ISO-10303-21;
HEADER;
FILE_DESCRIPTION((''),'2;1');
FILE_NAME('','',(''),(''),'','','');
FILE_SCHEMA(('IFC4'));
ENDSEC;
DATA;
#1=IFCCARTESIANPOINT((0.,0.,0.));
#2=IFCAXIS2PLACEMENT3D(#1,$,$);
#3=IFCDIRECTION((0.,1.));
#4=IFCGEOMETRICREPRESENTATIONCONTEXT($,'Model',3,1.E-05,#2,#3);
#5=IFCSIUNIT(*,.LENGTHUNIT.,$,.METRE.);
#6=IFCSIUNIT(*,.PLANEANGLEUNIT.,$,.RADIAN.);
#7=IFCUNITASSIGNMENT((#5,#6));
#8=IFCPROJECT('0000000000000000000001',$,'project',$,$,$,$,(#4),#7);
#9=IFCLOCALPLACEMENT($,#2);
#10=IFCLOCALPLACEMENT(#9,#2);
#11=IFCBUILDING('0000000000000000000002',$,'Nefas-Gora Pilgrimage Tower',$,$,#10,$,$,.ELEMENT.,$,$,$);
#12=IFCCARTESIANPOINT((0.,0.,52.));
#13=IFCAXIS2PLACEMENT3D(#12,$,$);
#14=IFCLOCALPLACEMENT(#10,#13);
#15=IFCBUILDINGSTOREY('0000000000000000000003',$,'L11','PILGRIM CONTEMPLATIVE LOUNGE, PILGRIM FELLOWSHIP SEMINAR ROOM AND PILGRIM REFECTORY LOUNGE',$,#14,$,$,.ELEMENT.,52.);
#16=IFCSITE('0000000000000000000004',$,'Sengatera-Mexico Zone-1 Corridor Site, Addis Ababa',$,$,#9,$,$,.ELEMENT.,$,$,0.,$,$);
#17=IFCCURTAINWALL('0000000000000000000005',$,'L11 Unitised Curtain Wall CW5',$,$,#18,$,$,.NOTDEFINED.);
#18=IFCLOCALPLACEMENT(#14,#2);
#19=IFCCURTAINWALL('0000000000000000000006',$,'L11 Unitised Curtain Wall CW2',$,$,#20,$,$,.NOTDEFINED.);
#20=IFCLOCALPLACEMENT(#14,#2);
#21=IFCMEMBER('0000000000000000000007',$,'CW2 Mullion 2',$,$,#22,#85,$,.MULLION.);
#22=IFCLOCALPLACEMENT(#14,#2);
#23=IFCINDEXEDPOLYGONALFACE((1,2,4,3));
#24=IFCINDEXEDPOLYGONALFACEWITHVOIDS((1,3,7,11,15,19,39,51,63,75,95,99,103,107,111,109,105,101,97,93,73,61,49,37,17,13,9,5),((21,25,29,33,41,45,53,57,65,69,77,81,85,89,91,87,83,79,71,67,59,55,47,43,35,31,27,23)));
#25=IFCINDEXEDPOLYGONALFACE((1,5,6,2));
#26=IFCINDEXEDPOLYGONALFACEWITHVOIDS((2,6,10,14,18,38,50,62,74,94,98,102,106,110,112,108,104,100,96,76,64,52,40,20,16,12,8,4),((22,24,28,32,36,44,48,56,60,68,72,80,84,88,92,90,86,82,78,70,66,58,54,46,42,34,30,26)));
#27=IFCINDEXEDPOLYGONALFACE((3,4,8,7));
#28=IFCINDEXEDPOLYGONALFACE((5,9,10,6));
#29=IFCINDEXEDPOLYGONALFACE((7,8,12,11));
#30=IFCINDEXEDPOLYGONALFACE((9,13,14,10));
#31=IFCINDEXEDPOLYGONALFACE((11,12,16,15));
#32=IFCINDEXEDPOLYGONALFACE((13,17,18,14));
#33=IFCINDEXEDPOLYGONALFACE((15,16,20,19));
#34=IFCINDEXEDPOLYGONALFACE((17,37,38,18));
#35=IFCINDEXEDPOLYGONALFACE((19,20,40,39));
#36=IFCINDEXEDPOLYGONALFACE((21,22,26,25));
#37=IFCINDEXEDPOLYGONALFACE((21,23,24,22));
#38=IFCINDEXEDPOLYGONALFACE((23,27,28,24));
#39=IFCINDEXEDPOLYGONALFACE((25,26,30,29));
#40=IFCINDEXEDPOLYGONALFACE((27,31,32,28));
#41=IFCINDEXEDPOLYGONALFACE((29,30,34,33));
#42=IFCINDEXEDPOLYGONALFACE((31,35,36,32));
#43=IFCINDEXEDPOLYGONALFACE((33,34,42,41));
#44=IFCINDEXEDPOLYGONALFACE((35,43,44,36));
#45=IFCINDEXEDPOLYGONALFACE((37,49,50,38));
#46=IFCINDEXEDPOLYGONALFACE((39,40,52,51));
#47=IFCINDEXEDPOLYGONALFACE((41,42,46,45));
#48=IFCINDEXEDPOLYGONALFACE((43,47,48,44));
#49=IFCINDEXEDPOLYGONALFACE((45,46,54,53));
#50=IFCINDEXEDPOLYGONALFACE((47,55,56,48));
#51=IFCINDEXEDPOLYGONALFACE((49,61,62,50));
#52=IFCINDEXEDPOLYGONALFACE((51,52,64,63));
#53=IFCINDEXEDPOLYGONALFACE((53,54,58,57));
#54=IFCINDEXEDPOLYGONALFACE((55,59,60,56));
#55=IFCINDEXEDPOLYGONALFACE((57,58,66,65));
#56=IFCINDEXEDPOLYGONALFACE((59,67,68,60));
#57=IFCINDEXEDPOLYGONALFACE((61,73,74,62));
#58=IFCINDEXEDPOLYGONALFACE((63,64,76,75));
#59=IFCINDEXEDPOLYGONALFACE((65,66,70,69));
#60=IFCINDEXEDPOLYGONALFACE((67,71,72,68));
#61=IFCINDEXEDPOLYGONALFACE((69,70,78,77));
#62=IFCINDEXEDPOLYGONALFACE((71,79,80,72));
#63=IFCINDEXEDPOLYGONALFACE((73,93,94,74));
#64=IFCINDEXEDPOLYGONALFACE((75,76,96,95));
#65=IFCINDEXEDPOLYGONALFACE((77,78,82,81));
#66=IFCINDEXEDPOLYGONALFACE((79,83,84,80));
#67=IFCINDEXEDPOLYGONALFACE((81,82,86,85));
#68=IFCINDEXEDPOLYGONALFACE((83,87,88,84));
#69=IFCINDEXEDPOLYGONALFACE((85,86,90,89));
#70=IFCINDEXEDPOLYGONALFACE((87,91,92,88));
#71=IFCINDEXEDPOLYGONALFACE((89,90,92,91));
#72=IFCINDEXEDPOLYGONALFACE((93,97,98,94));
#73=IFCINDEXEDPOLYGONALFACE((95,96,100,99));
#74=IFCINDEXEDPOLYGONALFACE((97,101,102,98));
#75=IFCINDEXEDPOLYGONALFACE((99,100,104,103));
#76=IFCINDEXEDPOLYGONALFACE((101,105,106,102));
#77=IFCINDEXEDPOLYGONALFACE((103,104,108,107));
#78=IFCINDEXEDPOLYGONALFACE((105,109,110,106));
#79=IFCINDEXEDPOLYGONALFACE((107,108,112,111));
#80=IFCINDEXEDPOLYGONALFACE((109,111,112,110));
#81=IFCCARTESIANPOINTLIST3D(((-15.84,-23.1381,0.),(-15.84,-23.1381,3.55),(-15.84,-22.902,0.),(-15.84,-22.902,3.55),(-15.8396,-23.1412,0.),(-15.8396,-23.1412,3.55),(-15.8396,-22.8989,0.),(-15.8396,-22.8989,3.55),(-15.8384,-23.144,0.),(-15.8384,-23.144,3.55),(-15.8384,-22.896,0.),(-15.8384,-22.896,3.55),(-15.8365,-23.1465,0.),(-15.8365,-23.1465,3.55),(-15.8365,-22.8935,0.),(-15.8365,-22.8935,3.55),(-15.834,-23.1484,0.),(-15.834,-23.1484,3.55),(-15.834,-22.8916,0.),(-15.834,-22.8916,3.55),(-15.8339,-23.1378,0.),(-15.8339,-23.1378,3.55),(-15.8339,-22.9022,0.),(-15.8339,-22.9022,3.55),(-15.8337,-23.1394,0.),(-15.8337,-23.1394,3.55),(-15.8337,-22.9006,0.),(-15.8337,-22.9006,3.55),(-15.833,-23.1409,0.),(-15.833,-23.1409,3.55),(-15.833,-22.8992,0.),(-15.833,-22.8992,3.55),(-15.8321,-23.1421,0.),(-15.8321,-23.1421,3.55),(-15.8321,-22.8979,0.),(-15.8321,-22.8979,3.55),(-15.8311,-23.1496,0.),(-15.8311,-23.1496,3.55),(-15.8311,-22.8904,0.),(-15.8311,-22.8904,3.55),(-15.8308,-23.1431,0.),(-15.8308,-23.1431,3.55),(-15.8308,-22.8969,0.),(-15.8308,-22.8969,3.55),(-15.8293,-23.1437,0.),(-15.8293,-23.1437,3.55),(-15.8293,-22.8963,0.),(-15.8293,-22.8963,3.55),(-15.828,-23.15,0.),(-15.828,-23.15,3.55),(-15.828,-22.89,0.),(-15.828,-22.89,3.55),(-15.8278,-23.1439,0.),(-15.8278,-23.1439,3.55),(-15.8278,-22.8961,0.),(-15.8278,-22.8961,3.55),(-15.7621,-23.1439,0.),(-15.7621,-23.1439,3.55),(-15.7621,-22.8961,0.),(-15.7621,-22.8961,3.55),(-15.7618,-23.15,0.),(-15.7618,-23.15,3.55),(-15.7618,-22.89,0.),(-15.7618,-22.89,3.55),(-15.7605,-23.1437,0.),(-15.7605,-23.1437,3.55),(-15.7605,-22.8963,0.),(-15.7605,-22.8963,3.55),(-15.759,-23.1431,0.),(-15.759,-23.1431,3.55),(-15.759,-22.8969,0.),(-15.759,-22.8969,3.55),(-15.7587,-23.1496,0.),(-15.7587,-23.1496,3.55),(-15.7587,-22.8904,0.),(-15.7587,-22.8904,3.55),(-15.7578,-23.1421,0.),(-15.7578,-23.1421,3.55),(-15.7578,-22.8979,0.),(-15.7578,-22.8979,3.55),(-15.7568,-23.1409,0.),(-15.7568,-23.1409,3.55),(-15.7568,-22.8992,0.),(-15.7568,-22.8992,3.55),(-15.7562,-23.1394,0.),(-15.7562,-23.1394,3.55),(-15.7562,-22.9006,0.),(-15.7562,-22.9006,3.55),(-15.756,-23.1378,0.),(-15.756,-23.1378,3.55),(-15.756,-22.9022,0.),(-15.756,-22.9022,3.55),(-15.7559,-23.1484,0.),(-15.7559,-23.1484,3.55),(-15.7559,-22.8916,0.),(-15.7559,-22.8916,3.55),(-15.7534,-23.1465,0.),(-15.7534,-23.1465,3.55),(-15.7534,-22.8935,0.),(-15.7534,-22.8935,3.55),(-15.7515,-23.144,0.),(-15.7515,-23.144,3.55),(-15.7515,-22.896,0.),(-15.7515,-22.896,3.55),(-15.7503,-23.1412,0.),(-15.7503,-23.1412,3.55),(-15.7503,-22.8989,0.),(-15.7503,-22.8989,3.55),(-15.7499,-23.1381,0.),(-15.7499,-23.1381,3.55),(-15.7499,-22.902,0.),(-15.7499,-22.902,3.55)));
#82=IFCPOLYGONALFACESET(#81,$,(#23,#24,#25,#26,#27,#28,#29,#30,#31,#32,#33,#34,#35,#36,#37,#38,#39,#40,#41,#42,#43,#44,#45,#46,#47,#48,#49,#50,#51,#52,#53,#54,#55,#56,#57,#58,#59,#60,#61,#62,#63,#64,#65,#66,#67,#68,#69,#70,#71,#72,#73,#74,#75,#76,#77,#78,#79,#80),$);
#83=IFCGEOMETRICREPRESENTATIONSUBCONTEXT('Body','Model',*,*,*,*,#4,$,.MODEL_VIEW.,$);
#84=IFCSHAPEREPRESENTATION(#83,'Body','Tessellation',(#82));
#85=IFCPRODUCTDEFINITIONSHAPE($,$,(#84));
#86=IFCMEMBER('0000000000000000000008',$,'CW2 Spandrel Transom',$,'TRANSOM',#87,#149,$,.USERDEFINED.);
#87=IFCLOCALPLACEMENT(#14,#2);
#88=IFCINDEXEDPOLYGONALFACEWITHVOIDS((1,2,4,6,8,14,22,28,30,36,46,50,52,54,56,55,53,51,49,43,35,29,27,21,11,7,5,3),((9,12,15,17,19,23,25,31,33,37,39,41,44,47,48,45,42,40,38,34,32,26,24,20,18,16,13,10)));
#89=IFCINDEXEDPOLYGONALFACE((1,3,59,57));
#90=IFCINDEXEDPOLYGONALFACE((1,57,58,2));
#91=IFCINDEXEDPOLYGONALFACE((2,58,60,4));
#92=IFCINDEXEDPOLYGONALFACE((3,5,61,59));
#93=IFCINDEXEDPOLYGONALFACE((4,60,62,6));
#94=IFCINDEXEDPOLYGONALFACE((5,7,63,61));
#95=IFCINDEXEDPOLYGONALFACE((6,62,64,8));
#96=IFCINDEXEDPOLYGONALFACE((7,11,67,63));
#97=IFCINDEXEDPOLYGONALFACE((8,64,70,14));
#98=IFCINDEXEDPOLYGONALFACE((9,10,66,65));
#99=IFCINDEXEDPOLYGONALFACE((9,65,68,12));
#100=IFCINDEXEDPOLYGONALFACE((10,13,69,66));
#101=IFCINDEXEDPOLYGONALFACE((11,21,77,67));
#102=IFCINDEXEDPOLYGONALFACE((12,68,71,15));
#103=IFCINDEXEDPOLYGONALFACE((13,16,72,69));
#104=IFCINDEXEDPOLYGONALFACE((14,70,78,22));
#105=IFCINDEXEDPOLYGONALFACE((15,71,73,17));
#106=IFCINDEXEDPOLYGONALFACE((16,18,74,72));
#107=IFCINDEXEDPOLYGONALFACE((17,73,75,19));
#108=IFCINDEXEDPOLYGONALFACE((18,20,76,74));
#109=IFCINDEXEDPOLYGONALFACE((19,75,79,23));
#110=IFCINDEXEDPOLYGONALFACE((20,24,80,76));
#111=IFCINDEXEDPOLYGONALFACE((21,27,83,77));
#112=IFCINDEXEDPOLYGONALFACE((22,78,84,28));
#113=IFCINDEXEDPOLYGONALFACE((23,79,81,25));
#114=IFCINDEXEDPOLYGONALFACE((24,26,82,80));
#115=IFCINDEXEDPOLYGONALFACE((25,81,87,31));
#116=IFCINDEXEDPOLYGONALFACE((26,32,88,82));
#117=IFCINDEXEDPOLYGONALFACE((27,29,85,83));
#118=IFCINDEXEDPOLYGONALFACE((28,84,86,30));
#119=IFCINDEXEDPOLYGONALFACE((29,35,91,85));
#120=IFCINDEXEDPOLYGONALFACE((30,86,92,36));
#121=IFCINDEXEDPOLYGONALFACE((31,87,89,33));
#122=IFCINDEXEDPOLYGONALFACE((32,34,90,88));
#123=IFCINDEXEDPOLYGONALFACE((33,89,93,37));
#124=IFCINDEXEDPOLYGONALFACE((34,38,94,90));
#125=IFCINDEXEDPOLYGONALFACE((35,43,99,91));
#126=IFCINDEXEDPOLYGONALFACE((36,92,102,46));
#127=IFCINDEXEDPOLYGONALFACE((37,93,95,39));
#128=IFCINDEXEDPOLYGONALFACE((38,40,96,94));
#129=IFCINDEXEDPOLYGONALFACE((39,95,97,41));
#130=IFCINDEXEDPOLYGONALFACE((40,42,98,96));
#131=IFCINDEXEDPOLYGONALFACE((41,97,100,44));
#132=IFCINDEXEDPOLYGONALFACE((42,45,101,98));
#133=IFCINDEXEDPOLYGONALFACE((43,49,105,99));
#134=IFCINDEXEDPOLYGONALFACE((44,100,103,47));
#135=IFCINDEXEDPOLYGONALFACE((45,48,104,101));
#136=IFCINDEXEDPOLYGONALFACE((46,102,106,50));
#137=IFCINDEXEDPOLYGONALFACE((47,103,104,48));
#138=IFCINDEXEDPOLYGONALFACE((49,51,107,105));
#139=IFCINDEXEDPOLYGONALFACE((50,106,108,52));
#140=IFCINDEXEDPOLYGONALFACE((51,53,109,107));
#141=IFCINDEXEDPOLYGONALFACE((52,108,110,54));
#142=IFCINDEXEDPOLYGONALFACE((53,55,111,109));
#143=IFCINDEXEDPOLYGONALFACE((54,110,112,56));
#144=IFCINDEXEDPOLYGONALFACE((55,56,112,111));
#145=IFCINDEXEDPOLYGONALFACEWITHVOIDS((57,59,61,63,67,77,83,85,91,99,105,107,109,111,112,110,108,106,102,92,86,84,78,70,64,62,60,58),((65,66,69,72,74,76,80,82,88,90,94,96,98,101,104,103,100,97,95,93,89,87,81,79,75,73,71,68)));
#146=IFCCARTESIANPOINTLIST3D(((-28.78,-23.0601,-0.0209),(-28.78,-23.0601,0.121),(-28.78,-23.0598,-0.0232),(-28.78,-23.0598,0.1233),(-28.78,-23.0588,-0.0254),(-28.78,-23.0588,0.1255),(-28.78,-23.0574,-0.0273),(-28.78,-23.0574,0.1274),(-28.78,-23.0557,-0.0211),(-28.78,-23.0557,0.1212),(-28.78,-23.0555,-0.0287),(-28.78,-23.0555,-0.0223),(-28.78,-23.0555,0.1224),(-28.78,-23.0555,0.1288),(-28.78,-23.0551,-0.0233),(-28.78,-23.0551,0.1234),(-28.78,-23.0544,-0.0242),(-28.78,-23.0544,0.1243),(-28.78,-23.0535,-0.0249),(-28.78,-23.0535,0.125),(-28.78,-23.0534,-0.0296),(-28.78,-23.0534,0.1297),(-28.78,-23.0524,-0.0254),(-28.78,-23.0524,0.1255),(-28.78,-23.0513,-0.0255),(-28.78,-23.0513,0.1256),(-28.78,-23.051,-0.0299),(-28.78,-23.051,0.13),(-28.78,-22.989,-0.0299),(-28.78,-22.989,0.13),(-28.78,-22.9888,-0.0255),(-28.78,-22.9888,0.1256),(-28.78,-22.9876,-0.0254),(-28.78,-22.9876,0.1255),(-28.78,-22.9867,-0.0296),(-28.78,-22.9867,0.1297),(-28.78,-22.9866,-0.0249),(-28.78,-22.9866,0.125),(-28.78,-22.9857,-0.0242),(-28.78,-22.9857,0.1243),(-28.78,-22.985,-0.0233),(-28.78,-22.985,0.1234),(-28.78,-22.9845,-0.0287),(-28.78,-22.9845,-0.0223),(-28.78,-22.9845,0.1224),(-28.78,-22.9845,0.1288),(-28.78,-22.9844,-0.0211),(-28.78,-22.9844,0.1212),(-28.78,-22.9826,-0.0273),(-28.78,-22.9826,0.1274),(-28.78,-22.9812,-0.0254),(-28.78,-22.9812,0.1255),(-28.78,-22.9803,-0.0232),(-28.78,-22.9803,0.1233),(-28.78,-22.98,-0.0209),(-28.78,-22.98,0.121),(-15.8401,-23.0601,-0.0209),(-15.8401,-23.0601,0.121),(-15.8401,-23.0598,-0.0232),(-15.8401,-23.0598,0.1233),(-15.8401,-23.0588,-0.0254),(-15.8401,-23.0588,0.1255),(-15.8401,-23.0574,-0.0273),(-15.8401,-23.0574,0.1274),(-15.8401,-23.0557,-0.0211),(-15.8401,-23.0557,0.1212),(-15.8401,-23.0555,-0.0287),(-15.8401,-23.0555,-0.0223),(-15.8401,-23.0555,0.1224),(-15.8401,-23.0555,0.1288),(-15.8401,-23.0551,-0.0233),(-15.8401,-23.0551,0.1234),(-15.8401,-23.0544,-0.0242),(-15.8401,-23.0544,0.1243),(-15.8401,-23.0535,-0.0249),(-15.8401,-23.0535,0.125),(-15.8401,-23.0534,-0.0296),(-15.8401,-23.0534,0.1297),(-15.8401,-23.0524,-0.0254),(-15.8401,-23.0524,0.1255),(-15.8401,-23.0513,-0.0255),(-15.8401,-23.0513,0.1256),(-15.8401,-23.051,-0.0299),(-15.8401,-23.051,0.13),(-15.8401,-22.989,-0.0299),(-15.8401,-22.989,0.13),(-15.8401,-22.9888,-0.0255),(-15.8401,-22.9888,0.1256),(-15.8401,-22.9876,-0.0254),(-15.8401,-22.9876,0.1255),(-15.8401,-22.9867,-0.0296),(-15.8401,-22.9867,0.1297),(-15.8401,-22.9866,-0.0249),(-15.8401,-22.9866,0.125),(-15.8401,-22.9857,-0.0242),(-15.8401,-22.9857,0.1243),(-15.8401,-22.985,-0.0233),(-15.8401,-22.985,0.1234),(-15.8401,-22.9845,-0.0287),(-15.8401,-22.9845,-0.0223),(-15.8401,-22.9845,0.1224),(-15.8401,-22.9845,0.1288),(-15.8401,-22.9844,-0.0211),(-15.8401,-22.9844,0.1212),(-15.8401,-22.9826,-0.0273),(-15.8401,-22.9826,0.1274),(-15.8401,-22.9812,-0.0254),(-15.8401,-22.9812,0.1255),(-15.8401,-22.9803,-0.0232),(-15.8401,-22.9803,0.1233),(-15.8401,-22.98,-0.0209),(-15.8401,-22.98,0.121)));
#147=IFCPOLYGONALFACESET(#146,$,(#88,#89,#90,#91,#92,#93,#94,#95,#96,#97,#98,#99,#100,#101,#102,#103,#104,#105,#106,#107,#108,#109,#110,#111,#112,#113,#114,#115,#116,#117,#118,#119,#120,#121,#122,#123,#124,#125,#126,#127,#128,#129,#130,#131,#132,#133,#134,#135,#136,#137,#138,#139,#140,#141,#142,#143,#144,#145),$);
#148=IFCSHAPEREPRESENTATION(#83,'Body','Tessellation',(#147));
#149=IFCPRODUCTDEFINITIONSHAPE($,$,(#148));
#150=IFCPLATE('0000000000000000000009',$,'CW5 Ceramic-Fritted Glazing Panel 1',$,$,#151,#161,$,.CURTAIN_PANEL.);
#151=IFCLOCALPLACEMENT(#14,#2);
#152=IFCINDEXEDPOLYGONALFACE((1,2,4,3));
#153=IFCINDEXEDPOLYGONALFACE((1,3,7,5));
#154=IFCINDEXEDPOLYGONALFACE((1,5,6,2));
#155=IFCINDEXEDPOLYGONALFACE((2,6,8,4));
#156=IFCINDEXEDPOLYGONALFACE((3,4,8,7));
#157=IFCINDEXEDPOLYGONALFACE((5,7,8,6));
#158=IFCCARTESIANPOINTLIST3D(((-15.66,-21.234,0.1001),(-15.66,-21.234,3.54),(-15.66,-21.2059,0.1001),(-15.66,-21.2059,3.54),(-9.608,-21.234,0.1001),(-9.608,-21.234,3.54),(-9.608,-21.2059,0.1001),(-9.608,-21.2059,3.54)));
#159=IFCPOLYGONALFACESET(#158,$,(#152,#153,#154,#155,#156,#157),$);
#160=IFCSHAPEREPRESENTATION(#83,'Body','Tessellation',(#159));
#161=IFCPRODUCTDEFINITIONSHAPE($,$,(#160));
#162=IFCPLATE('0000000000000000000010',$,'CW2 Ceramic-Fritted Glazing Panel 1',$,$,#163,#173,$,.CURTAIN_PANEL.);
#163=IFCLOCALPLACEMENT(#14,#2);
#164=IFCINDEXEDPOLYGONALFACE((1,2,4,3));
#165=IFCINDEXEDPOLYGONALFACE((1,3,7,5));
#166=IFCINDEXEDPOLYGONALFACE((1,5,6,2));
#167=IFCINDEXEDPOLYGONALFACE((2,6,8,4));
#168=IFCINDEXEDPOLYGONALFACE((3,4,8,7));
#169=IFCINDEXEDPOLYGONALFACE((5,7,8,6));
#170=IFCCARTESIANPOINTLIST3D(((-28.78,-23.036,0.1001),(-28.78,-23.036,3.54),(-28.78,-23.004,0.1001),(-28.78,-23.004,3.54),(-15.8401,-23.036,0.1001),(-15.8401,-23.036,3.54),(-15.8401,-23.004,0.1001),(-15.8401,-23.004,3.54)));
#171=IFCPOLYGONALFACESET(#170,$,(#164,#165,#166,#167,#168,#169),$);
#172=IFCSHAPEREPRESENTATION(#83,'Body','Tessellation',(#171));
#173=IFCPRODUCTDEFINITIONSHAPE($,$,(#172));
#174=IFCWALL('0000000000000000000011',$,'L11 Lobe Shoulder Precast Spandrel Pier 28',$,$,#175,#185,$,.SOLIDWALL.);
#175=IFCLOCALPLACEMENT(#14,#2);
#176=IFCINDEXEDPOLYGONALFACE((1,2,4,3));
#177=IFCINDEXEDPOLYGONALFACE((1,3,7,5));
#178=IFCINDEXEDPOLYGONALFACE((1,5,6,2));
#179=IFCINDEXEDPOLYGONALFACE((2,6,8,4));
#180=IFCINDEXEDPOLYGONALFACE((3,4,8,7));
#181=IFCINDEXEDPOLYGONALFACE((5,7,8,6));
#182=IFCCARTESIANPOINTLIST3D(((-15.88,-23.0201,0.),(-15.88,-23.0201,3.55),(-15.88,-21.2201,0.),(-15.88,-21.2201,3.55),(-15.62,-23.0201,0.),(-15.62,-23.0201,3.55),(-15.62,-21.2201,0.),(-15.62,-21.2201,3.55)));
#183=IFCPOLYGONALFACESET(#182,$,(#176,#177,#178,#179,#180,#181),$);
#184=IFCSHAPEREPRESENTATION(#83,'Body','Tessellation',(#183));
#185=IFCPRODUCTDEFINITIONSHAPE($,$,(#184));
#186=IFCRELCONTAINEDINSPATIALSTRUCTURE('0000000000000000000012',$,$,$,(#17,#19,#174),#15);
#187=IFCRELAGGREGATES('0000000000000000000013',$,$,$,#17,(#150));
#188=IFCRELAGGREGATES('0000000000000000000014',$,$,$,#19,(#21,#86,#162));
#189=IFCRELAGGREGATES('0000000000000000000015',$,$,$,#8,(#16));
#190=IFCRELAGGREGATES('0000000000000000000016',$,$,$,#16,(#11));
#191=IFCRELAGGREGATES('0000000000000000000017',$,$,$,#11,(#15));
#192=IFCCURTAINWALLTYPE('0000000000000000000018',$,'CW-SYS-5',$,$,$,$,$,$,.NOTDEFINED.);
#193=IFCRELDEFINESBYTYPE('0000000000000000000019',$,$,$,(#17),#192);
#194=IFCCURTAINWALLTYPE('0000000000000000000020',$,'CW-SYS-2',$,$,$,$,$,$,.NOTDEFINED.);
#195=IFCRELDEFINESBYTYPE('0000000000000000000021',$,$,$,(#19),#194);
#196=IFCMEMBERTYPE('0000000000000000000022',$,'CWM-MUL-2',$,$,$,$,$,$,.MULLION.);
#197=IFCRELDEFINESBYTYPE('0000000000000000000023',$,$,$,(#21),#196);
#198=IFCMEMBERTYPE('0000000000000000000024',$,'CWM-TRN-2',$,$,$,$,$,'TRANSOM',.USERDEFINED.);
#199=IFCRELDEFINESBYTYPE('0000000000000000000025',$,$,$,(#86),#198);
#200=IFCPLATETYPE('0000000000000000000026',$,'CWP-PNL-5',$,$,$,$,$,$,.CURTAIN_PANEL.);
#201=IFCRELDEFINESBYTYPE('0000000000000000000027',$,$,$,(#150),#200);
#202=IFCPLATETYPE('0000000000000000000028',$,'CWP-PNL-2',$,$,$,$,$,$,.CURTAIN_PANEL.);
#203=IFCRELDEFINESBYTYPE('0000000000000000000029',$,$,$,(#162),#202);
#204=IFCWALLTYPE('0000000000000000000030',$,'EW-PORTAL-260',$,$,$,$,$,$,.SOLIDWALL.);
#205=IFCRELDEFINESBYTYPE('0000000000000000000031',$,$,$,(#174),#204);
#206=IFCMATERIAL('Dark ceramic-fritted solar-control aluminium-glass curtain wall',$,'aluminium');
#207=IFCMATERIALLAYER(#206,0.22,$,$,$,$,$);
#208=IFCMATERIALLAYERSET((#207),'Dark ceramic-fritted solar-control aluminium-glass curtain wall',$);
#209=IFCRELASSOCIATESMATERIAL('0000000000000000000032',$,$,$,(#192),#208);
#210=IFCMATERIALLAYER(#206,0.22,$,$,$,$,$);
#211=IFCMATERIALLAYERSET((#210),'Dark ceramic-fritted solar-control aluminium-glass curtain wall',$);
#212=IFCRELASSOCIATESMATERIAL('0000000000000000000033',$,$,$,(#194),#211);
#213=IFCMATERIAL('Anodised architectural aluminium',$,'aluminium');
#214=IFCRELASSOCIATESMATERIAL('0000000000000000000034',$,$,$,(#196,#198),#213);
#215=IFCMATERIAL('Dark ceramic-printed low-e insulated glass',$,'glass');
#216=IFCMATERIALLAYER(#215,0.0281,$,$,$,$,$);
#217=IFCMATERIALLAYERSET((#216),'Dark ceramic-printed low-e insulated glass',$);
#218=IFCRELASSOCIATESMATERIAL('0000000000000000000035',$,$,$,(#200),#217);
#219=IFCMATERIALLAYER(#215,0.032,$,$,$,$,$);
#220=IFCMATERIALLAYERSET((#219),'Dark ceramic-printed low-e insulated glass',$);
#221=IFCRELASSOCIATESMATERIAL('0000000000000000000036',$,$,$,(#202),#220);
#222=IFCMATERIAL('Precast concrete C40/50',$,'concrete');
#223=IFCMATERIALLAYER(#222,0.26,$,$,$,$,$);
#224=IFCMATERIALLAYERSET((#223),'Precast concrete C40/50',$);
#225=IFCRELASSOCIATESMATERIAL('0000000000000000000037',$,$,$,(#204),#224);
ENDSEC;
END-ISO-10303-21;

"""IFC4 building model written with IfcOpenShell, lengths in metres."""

from ifc_helpers import new_model, si_unit, direction, frame, frame_2d, origin, origin_2d, place, context, subcontext, project, spatial, rectangle, hollow_rectangle, extrude, source, transform, mapped, material, layer, layer_set, material_profile, profile_set, type_object, element, aggregate, save


model = new_model("IFC4")

# Units and contexts
model_context = context("Model", 3, precision=1e-05, world=origin(), true_north=direction((0.0, 1.0)))
body_context = subcontext(model_context, "Body", "Model", "MODEL_VIEW")
ifc_project = project(units=[si_unit("LENGTHUNIT", "METRE"), si_unit("PLANEANGLEUNIT", "RADIAN")], contexts=[model_context])

# Site, building, storey
site_placement = place(None, origin())
site = spatial("IfcSite", under=ifc_project, at=site_placement, Name="Sengatera-Mexico Zone-1 Corridor Site, Addis Ababa", CompositionType="ELEMENT", RefElevation=0.0)
building_placement = place(site_placement, origin())
building = spatial("IfcBuilding", under=site, at=building_placement, Name="Nefas-Gora Pilgrimage Tower", CompositionType="ELEMENT")
storey_placement = place(building_placement, frame((0.0, 0.0, 52.0)))
storey = spatial("IfcBuildingStorey", under=building, at=storey_placement, Name="L11", Description="PILGRIM CONTEMPLATIVE LOUNGE, PILGRIM FELLOWSHIP SEMINAR ROOM AND PILGRIM REFECTORY LOUNGE", CompositionType="ELEMENT", Elevation=52.0)

# Curtain wall
ifc_material_1 = material(Name="Dark ceramic-fritted solar-control aluminium-glass curtain wall", Category="aluminium")
ifc_layer_1 = layer(ifc_material_1, 0.22)
ifc_layer_set_1 = layer_set([ifc_layer_1], Name="Dark ceramic-fritted solar-control aluminium-glass curtain wall")
curtain_wall_type_1 = type_object("IfcCurtainWallType", Name="CW-SYS-5", PredefinedType="NOTDEFINED", material=ifc_layer_set_1)
curtain_wall_1_placement = place(storey_placement, origin())
curtain_wall_1 = element("IfcCurtainWall", 1, at=curtain_wall_1_placement, inside=storey, type_object=curtain_wall_type_1, Name="L11 Unitised Curtain Wall CW5", PredefinedType="NOTDEFINED")
ifc_material_2 = material(Name="Anodised architectural aluminium", Category="aluminium")

# Shared definitions
ifc_layer_2 = layer(ifc_material_1, 0.22)
ifc_layer_set_2 = layer_set([ifc_layer_2], Name="Dark ceramic-fritted solar-control aluminium-glass curtain wall")
curtain_wall_type_2 = type_object("IfcCurtainWallType", Name="CW-SYS-2", PredefinedType="NOTDEFINED", material=ifc_layer_set_2)
ifc_material_profile_1 = material_profile(ifc_material_2, hollow_rectangle(XDim=0.0901, YDim=0.26, WallThickness=0.0061, InnerFilletRadius=0.0061, OuterFilletRadius=0.012, at=origin_2d()), Name="ALU MULLION 90x260")
ifc_profile_set_1 = profile_set([ifc_material_profile_1], Name="Anodised architectural aluminium")
member_type_1 = type_object("IfcMemberType", Name="CWM-MUL-2", PredefinedType="MULLION", material=ifc_profile_set_1)
shared_shape_1 = source(origin(), body_context, "Body", "SweptSolid", [
    extrude(hollow_rectangle(XDim=0.0901, YDim=0.26, WallThickness=0.0061, InnerFilletRadius=0.0061, OuterFilletRadius=0.012, at=origin_2d()), origin(), (0.0, 0.0, 1.0), 3.55),
])

# Curtain wall, members
curtain_wall_2_placement = place(storey_placement, origin())
curtain_wall_2 = element("IfcCurtainWall", 2, at=curtain_wall_2_placement, inside=storey, type_object=curtain_wall_type_2, Name="L11 Unitised Curtain Wall CW2", PredefinedType="NOTDEFINED")
member_1_placement = place(storey_placement, frame((-15.7949, -23.02, 0.0), z_axis=(0.0, 0.0, 1.0), x_axis=(1.0, 0.0, 0.0)))
member_1 = element("IfcMember", 3, at=member_1_placement, type_object=member_type_1, Name="CW2 Mullion 2", PredefinedType="MULLION", context=body_context, shape_type="MappedRepresentation", body=[
    mapped(shared_shape_1, transform((0.0, 0.0, 0.0), x_axis=(1.0, 0.0, 0.0), y_axis=(0.0, 1.0, 0.0), z_axis=(0.0, 0.0, 1.0), scale=1.0)),
])
ifc_material_profile_2 = material_profile(ifc_material_2, hollow_rectangle(XDim=0.0801, YDim=0.1599, WallThickness=0.0044, InnerFilletRadius=0.0044, OuterFilletRadius=0.009, at=origin_2d()), Name="ALU TRANSOM 80x160")
ifc_profile_set_2 = profile_set([ifc_material_profile_2], Name="Anodised architectural aluminium")
member_type_2 = type_object("IfcMemberType", Name="CWM-TRN-2", ElementType="TRANSOM", PredefinedType="USERDEFINED", material=ifc_profile_set_2)
shared_shape_2 = source(origin(), body_context, "Body", "SweptSolid", [
    extrude(hollow_rectangle(XDim=0.0801, YDim=0.1599, WallThickness=0.0044, InnerFilletRadius=0.0044, OuterFilletRadius=0.009, at=origin_2d()), origin(), (0.0, 0.0, 1.0), 12.9399),
])
member_2_placement = place(storey_placement, frame((-28.78, -23.02, 0.05), z_axis=(1.0, 0.0, 0.0), x_axis=(0.0, 1.0, 0.0)))
member_2 = element("IfcMember", 4, at=member_2_placement, type_object=member_type_2, Name="CW2 Spandrel Transom", ObjectType="TRANSOM", PredefinedType="USERDEFINED", context=body_context, shape_type="MappedRepresentation", body=[
    mapped(shared_shape_2, transform((0.0, 0.0, 0.0), x_axis=(1.0, 0.0, 0.0), y_axis=(0.0, 1.0, 0.0), z_axis=(0.0, 0.0, 1.0), scale=1.0)),
])

# Plates
ifc_material_3 = material(Name="Dark ceramic-printed low-e insulated glass", Category="glass")
ifc_layer_3 = layer(ifc_material_3, 0.0281)
ifc_layer_set_3 = layer_set([ifc_layer_3], Name="Dark ceramic-printed low-e insulated glass")
plate_type_1 = type_object("IfcPlateType", Name="CWP-PNL-5", PredefinedType="CURTAIN_PANEL", material=ifc_layer_set_3)
shared_shape_3 = source(origin(), body_context, "Body", "SweptSolid", [
    extrude(rectangle(XDim=6.052, YDim=0.0281, at=origin_2d()), origin(), (0.0, 0.0, 1.0), 3.4399),
])
plate_1_placement = place(storey_placement, frame((-12.634, -21.22, 0.1001), z_axis=(0.0, 0.0, 1.0), x_axis=(1.0, 0.0, 0.0)))
plate_1 = element("IfcPlate", 5, at=plate_1_placement, type_object=plate_type_1, Name="CW5 Ceramic-Fritted Glazing Panel 1", PredefinedType="CURTAIN_PANEL", context=body_context, shape_type="MappedRepresentation", body=[
    mapped(shared_shape_3, transform((0.0, 0.0, 0.0), x_axis=(1.0, 0.0, 0.0), y_axis=(0.0, 1.0, 0.0), z_axis=(0.0, 0.0, 1.0), scale=1.0)),
])
aggregate(curtain_wall_1, [plate_1])
ifc_layer_4 = layer(ifc_material_3, 0.032)
ifc_layer_set_4 = layer_set([ifc_layer_4], Name="Dark ceramic-printed low-e insulated glass")
plate_type_2 = type_object("IfcPlateType", Name="CWP-PNL-2", PredefinedType="CURTAIN_PANEL", material=ifc_layer_set_4)
shared_shape_4 = source(origin(), body_context, "Body", "SweptSolid", [
    extrude(rectangle(XDim=12.9399, YDim=0.032, at=origin_2d()), origin(), (0.0, 0.0, 1.0), 3.4399),
])
plate_2_placement = place(storey_placement, frame((-22.3101, -23.02, 0.1001), z_axis=(0.0, 0.0, 1.0), x_axis=(1.0, 0.0, 0.0)))
plate_2 = element("IfcPlate", 6, at=plate_2_placement, type_object=plate_type_2, Name="CW2 Ceramic-Fritted Glazing Panel 1", PredefinedType="CURTAIN_PANEL", context=body_context, shape_type="MappedRepresentation", body=[
    mapped(shared_shape_4, transform((0.0, 0.0, 0.0), x_axis=(1.0, 0.0, 0.0), y_axis=(0.0, 1.0, 0.0), z_axis=(0.0, 0.0, 1.0), scale=1.0)),
])
aggregate(curtain_wall_2, [member_1, member_2, plate_2])

# Wall
ifc_material_4 = material(Name="Precast concrete C40/50", Category="concrete")
ifc_layer_5 = layer(ifc_material_4, 0.26)
ifc_layer_set_5 = layer_set([ifc_layer_5], Name="Precast concrete C40/50")
wall_type_1 = type_object("IfcWallType", Name="EW-PORTAL-260", PredefinedType="SOLIDWALL", material=ifc_layer_set_5)
shared_shape_5 = source(origin(), body_context, "Body", "SweptSolid", [
    extrude(rectangle(XDim=1.8, YDim=0.26, at=frame_2d((0.8999, 0.0))), origin(), (0.0, 0.0, 1.0), 3.55),
])
wall_1_placement = place(storey_placement, frame((-15.75, -23.02, 0.0), z_axis=(0.0, 0.0, 1.0), x_axis=(0.0, 1.0, 0.0)))
element("IfcWall", 7, at=wall_1_placement, inside=storey, type_object=wall_type_1, Name="L11 Lobe Shoulder Precast Spandrel Pier 28", PredefinedType="SOLIDWALL", context=body_context, shape_type="MappedRepresentation", body=[
    mapped(shared_shape_5, transform((0.0, 0.0, 0.0), x_axis=(1.0, 0.0, 0.0), y_axis=(0.0, 1.0, 0.0), z_axis=(0.0, 0.0, 1.0), scale=1.0)),
])

save(model, "model.ifc")
